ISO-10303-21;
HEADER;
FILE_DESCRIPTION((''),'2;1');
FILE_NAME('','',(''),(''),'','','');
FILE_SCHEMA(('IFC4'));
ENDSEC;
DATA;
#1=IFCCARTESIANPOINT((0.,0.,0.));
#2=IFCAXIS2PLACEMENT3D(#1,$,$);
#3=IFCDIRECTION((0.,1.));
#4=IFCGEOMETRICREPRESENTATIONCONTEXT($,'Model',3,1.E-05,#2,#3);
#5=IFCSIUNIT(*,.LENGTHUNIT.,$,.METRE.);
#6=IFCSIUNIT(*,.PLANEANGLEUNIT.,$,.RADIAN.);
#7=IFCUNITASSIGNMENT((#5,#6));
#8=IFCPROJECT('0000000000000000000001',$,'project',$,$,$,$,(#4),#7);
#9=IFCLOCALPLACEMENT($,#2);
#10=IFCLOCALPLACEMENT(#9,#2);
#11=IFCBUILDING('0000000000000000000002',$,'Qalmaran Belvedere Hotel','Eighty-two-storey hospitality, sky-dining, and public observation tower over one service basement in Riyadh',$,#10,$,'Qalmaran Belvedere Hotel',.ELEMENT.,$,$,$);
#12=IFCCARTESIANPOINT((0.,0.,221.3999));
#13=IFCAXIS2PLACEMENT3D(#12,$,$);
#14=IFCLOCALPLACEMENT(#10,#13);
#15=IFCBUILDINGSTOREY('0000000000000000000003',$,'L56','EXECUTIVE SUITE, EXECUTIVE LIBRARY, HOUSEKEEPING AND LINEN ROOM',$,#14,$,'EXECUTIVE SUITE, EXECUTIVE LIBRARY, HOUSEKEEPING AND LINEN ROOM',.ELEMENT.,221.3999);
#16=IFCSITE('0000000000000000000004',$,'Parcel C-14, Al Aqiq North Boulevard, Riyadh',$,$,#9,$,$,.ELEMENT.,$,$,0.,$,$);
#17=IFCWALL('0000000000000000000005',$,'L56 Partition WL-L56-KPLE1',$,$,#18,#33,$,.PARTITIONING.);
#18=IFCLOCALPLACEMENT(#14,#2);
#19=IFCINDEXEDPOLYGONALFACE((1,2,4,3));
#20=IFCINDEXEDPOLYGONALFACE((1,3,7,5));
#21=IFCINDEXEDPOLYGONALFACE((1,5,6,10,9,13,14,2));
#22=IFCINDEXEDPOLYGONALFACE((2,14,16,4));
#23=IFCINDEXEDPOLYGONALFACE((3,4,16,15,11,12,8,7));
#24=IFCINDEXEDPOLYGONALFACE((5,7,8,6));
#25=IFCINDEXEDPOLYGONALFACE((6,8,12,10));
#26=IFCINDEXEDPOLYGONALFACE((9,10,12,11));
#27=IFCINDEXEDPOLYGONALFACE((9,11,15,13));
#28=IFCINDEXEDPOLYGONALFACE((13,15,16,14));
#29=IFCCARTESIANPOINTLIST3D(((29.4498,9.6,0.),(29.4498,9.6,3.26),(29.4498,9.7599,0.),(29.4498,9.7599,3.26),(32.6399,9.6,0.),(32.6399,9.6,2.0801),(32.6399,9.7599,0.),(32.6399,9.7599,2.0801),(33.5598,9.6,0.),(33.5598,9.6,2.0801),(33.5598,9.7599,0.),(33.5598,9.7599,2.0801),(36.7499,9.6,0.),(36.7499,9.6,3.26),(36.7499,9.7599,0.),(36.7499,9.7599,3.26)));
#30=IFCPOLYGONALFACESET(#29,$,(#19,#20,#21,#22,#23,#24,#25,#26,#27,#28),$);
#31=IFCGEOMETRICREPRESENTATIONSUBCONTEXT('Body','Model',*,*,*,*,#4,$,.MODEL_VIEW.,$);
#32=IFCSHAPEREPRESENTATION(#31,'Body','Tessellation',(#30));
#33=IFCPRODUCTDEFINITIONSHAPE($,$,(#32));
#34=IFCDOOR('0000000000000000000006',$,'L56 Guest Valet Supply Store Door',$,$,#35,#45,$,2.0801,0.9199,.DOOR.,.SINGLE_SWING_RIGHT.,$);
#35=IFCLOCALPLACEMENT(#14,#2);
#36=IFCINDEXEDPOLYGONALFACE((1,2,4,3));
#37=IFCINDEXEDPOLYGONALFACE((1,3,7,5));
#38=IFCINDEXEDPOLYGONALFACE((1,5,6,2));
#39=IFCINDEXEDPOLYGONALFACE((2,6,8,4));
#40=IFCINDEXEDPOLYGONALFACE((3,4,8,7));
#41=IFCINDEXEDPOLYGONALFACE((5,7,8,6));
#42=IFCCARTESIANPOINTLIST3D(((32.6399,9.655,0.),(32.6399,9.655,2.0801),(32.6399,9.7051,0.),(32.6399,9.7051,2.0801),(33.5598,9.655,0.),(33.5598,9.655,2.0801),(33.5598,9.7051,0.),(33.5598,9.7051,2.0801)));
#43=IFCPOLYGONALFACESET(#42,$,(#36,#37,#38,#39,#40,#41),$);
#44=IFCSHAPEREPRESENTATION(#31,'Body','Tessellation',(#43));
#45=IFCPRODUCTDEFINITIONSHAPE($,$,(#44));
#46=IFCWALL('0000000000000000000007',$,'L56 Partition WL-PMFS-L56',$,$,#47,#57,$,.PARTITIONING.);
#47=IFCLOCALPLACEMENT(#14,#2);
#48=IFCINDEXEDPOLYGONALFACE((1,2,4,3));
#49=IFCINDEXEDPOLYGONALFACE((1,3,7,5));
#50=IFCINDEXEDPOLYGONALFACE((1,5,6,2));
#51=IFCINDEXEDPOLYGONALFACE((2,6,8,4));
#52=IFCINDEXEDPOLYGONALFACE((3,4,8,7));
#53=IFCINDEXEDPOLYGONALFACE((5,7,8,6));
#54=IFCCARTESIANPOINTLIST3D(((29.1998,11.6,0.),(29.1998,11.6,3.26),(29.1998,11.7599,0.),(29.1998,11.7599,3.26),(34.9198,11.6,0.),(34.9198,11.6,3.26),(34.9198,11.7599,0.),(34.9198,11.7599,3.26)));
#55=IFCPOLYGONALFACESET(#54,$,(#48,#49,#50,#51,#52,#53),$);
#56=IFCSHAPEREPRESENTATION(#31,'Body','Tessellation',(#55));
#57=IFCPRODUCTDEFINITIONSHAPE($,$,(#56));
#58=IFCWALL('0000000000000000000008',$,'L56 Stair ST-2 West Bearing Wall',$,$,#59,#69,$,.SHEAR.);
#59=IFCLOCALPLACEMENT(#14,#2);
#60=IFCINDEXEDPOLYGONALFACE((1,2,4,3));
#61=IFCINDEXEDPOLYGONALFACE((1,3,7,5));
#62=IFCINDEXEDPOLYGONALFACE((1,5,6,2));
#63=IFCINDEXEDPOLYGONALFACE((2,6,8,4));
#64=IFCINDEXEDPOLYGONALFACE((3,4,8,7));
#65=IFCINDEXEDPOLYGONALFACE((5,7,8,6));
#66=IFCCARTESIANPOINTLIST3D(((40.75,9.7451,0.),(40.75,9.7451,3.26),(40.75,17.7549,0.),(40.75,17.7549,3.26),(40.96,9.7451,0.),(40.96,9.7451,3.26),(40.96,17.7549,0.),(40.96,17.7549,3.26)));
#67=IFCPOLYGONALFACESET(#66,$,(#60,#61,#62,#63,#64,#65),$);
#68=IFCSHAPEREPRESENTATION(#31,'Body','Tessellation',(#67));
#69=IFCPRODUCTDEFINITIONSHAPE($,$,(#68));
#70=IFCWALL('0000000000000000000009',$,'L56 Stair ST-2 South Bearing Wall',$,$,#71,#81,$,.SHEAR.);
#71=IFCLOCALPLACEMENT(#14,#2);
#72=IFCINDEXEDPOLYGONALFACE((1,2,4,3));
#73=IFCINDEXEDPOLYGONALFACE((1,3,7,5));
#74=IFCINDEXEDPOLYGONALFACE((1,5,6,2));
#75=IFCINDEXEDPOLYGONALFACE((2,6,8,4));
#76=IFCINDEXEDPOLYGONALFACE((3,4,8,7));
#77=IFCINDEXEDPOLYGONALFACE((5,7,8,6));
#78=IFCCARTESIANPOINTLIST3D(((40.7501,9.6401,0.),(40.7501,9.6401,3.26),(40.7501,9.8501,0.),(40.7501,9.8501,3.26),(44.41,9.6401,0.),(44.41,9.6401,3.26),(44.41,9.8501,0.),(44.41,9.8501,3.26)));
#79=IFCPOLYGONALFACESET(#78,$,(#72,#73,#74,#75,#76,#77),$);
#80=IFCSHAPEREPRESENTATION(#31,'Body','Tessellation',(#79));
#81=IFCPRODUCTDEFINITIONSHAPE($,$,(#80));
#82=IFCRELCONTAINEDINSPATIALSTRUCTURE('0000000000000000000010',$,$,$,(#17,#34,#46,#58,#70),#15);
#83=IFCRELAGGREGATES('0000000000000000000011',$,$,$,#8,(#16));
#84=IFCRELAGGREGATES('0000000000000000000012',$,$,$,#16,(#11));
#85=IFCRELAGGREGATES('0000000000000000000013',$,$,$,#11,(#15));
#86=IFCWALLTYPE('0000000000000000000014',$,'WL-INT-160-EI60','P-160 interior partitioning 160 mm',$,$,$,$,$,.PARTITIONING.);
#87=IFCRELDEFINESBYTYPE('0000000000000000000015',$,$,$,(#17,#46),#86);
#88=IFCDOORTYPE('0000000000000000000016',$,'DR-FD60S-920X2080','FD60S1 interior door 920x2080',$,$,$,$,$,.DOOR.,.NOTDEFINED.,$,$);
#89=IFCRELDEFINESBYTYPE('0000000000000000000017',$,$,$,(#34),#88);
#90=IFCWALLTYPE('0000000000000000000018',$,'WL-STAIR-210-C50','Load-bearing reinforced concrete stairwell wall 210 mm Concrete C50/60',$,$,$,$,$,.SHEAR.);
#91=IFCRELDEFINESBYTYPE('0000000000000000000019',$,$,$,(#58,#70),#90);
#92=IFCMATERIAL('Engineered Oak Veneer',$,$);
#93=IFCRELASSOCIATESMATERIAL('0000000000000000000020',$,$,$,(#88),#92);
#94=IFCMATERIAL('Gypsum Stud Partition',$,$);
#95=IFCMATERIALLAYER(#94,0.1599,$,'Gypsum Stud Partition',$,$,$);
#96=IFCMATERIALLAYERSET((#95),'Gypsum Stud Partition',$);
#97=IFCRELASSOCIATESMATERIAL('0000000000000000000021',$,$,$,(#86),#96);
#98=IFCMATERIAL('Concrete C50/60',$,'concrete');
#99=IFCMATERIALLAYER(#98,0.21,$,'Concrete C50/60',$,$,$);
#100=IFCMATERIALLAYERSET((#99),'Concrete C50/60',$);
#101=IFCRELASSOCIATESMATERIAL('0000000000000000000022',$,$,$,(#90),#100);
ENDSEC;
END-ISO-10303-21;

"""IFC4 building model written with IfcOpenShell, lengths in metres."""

from ifc_helpers import new_model, si_unit, direction, frame, frame_2d, origin, place, context, subcontext, project, spatial, rectangle, extrude, material, layer, layer_set, type_object, element, fill, save


model = new_model("IFC4")

# Units and contexts
model_context = context("Model", 3, precision=1e-05, world=origin(), true_north=direction((0.0, 1.0)))
body_context = subcontext(model_context, "Body", "Model", "MODEL_VIEW")
ifc_project = project(units=[si_unit("LENGTHUNIT", "METRE"), si_unit("PLANEANGLEUNIT", "RADIAN")], contexts=[model_context])

# Site, building, storey
site_placement = place(None, origin())
site = spatial("IfcSite", under=ifc_project, at=site_placement, Name="Parcel C-14, Al Aqiq North Boulevard, Riyadh", CompositionType="ELEMENT", RefElevation=0.0)
building_placement = place(site_placement, origin())
building = spatial("IfcBuilding", under=site, at=building_placement, Name="Qalmaran Belvedere Hotel", Description="Eighty-two-storey hospitality, sky-dining, and public observation tower over one service basement in Riyadh", LongName="Qalmaran Belvedere Hotel", CompositionType="ELEMENT")
storey_placement = place(building_placement, frame((0.0, 0.0, 221.3999)))
storey = spatial("IfcBuildingStorey", under=building, at=storey_placement, Name="L56", Description="EXECUTIVE SUITE, EXECUTIVE LIBRARY, HOUSEKEEPING AND LINEN ROOM", LongName="EXECUTIVE SUITE, EXECUTIVE LIBRARY, HOUSEKEEPING AND LINEN ROOM", CompositionType="ELEMENT", Elevation=221.3999)

# Shared definitions
ifc_material_1 = material(Name="Concrete C50/60", Category="concrete")

# Shared definitions
ifc_material_2 = material(Name="Gypsum Stud Partition")

# Shared definitions
ifc_material_3 = material(Name="Engineered Oak Veneer")
door_type_1 = type_object("IfcDoorType", Name="DR-FD60S-920X2080", Description="FD60S1 interior door 920x2080", OperationType="NOTDEFINED", PredefinedType="DOOR", material=ifc_material_3)
ifc_layer_1 = layer(ifc_material_2, 0.1599, Name="Gypsum Stud Partition")
ifc_layer_set_1 = layer_set([ifc_layer_1], Name="Gypsum Stud Partition")
wall_type_1 = type_object("IfcWallType", Name="WL-INT-160-EI60", Description="P-160 interior partitioning 160 mm", PredefinedType="PARTITIONING", material=ifc_layer_set_1)

# Wall, opening, door
wall_1_placement = place(storey_placement, frame((29.45, 9.6799, 0.0), z_axis=(0.0, 0.0, 1.0), x_axis=(1.0, 0.0, 0.0)))
wall_1 = element("IfcWall", 1, at=wall_1_placement, inside=storey, type_object=wall_type_1, Name="L56 Partition WL-L56-KPLE1", PredefinedType="PARTITIONING", context=body_context, shape_type="SweptSolid", body=[
    extrude(rectangle(XDim=7.3, YDim=0.1599, at=frame_2d((3.6499, 0.0))), origin(), (0.0, 0.0, 1.0), 3.26),
])
opening_1_placement = place(wall_1_placement, frame((4.1099, 0.0, 0.0), z_axis=(0.0, 0.0, 1.0), x_axis=(-1.0, 0.0, 0.0)))
opening_1 = element("IfcOpeningElement", 2, at=opening_1_placement, cuts=wall_1, PredefinedType="OPENING", context=body_context, shape_type="SweptSolid", body=[
    extrude(rectangle(XDim=0.9199, YDim=2.0801, at=frame_2d((0.46, 1.04))), frame((0.0, 0.0898, 0.0), z_axis=(0.0, -1.0, 0.0), x_axis=(1.0, 0.0, 0.0)), (0.0, 0.0, 1.0), 0.1799),
])
door_1_placement = place(opening_1_placement, origin())
door_1 = element("IfcDoor", 3, at=door_1_placement, inside=storey, type_object=door_type_1, Name="L56 Guest Valet Supply Store Door", OperationType="SINGLE_SWING_RIGHT", OverallHeight=2.0801, OverallWidth=0.9199, PredefinedType="DOOR", context=body_context, shape_type="SweptSolid", body=[
    extrude(rectangle(XDim=0.9199, YDim=2.0801, at=frame_2d((0.46, 1.04))), frame((0.0, 0.0249, 0.0), z_axis=(0.0, -1.0, 0.0), x_axis=(1.0, 0.0, 0.0)), (0.0, 0.0, 1.0), 0.05),
])
fill(opening_1, door_1)

# Walls
wall_2_placement = place(storey_placement, frame((29.2, 11.6799, 0.0), z_axis=(0.0, 0.0, 1.0), x_axis=(1.0, 0.0, 0.0)))
element("IfcWall", 4, at=wall_2_placement, inside=storey, type_object=wall_type_1, Name="L56 Partition WL-PMFS-L56", PredefinedType="PARTITIONING", context=body_context, shape_type="SweptSolid", body=[
    extrude(rectangle(XDim=5.72, YDim=0.1599, at=frame_2d((2.8599, 0.0))), origin(), (0.0, 0.0, 1.0), 3.26),
])
ifc_layer_2 = layer(ifc_material_1, 0.21, Name="Concrete C50/60")
ifc_layer_set_2 = layer_set([ifc_layer_2], Name="Concrete C50/60")
wall_type_2 = type_object("IfcWallType", Name="WL-STAIR-210-C50", Description="Load-bearing reinforced concrete stairwell wall 210 mm Concrete C50/60", PredefinedType="SHEAR", material=ifc_layer_set_2)
wall_3_placement = place(storey_placement, frame((40.855, 9.7451, 0.0), z_axis=(0.0, 0.0, 1.0), x_axis=(0.0, 1.0, 0.0)))
element("IfcWall", 5, at=wall_3_placement, inside=storey, type_object=wall_type_2, Name="L56 Stair ST-2 West Bearing Wall", PredefinedType="SHEAR", context=body_context, shape_type="SweptSolid", body=[
    extrude(rectangle(XDim=8.0098, YDim=0.21, at=frame_2d((4.0049, 0.0))), origin(), (0.0, 0.0, 1.0), 3.26),
])
wall_4_placement = place(storey_placement, frame((40.75, 9.7451, 0.0), z_axis=(0.0, 0.0, 1.0), x_axis=(1.0, 0.0, 0.0)))
element("IfcWall", 6, at=wall_4_placement, inside=storey, type_object=wall_type_2, Name="L56 Stair ST-2 South Bearing Wall", PredefinedType="SHEAR", context=body_context, shape_type="SweptSolid", body=[
    extrude(rectangle(XDim=3.6599, YDim=0.21, at=frame_2d((1.8301, 0.0))), origin(), (0.0, 0.0, 1.0), 3.26),
])

save(model, "model.ifc")
